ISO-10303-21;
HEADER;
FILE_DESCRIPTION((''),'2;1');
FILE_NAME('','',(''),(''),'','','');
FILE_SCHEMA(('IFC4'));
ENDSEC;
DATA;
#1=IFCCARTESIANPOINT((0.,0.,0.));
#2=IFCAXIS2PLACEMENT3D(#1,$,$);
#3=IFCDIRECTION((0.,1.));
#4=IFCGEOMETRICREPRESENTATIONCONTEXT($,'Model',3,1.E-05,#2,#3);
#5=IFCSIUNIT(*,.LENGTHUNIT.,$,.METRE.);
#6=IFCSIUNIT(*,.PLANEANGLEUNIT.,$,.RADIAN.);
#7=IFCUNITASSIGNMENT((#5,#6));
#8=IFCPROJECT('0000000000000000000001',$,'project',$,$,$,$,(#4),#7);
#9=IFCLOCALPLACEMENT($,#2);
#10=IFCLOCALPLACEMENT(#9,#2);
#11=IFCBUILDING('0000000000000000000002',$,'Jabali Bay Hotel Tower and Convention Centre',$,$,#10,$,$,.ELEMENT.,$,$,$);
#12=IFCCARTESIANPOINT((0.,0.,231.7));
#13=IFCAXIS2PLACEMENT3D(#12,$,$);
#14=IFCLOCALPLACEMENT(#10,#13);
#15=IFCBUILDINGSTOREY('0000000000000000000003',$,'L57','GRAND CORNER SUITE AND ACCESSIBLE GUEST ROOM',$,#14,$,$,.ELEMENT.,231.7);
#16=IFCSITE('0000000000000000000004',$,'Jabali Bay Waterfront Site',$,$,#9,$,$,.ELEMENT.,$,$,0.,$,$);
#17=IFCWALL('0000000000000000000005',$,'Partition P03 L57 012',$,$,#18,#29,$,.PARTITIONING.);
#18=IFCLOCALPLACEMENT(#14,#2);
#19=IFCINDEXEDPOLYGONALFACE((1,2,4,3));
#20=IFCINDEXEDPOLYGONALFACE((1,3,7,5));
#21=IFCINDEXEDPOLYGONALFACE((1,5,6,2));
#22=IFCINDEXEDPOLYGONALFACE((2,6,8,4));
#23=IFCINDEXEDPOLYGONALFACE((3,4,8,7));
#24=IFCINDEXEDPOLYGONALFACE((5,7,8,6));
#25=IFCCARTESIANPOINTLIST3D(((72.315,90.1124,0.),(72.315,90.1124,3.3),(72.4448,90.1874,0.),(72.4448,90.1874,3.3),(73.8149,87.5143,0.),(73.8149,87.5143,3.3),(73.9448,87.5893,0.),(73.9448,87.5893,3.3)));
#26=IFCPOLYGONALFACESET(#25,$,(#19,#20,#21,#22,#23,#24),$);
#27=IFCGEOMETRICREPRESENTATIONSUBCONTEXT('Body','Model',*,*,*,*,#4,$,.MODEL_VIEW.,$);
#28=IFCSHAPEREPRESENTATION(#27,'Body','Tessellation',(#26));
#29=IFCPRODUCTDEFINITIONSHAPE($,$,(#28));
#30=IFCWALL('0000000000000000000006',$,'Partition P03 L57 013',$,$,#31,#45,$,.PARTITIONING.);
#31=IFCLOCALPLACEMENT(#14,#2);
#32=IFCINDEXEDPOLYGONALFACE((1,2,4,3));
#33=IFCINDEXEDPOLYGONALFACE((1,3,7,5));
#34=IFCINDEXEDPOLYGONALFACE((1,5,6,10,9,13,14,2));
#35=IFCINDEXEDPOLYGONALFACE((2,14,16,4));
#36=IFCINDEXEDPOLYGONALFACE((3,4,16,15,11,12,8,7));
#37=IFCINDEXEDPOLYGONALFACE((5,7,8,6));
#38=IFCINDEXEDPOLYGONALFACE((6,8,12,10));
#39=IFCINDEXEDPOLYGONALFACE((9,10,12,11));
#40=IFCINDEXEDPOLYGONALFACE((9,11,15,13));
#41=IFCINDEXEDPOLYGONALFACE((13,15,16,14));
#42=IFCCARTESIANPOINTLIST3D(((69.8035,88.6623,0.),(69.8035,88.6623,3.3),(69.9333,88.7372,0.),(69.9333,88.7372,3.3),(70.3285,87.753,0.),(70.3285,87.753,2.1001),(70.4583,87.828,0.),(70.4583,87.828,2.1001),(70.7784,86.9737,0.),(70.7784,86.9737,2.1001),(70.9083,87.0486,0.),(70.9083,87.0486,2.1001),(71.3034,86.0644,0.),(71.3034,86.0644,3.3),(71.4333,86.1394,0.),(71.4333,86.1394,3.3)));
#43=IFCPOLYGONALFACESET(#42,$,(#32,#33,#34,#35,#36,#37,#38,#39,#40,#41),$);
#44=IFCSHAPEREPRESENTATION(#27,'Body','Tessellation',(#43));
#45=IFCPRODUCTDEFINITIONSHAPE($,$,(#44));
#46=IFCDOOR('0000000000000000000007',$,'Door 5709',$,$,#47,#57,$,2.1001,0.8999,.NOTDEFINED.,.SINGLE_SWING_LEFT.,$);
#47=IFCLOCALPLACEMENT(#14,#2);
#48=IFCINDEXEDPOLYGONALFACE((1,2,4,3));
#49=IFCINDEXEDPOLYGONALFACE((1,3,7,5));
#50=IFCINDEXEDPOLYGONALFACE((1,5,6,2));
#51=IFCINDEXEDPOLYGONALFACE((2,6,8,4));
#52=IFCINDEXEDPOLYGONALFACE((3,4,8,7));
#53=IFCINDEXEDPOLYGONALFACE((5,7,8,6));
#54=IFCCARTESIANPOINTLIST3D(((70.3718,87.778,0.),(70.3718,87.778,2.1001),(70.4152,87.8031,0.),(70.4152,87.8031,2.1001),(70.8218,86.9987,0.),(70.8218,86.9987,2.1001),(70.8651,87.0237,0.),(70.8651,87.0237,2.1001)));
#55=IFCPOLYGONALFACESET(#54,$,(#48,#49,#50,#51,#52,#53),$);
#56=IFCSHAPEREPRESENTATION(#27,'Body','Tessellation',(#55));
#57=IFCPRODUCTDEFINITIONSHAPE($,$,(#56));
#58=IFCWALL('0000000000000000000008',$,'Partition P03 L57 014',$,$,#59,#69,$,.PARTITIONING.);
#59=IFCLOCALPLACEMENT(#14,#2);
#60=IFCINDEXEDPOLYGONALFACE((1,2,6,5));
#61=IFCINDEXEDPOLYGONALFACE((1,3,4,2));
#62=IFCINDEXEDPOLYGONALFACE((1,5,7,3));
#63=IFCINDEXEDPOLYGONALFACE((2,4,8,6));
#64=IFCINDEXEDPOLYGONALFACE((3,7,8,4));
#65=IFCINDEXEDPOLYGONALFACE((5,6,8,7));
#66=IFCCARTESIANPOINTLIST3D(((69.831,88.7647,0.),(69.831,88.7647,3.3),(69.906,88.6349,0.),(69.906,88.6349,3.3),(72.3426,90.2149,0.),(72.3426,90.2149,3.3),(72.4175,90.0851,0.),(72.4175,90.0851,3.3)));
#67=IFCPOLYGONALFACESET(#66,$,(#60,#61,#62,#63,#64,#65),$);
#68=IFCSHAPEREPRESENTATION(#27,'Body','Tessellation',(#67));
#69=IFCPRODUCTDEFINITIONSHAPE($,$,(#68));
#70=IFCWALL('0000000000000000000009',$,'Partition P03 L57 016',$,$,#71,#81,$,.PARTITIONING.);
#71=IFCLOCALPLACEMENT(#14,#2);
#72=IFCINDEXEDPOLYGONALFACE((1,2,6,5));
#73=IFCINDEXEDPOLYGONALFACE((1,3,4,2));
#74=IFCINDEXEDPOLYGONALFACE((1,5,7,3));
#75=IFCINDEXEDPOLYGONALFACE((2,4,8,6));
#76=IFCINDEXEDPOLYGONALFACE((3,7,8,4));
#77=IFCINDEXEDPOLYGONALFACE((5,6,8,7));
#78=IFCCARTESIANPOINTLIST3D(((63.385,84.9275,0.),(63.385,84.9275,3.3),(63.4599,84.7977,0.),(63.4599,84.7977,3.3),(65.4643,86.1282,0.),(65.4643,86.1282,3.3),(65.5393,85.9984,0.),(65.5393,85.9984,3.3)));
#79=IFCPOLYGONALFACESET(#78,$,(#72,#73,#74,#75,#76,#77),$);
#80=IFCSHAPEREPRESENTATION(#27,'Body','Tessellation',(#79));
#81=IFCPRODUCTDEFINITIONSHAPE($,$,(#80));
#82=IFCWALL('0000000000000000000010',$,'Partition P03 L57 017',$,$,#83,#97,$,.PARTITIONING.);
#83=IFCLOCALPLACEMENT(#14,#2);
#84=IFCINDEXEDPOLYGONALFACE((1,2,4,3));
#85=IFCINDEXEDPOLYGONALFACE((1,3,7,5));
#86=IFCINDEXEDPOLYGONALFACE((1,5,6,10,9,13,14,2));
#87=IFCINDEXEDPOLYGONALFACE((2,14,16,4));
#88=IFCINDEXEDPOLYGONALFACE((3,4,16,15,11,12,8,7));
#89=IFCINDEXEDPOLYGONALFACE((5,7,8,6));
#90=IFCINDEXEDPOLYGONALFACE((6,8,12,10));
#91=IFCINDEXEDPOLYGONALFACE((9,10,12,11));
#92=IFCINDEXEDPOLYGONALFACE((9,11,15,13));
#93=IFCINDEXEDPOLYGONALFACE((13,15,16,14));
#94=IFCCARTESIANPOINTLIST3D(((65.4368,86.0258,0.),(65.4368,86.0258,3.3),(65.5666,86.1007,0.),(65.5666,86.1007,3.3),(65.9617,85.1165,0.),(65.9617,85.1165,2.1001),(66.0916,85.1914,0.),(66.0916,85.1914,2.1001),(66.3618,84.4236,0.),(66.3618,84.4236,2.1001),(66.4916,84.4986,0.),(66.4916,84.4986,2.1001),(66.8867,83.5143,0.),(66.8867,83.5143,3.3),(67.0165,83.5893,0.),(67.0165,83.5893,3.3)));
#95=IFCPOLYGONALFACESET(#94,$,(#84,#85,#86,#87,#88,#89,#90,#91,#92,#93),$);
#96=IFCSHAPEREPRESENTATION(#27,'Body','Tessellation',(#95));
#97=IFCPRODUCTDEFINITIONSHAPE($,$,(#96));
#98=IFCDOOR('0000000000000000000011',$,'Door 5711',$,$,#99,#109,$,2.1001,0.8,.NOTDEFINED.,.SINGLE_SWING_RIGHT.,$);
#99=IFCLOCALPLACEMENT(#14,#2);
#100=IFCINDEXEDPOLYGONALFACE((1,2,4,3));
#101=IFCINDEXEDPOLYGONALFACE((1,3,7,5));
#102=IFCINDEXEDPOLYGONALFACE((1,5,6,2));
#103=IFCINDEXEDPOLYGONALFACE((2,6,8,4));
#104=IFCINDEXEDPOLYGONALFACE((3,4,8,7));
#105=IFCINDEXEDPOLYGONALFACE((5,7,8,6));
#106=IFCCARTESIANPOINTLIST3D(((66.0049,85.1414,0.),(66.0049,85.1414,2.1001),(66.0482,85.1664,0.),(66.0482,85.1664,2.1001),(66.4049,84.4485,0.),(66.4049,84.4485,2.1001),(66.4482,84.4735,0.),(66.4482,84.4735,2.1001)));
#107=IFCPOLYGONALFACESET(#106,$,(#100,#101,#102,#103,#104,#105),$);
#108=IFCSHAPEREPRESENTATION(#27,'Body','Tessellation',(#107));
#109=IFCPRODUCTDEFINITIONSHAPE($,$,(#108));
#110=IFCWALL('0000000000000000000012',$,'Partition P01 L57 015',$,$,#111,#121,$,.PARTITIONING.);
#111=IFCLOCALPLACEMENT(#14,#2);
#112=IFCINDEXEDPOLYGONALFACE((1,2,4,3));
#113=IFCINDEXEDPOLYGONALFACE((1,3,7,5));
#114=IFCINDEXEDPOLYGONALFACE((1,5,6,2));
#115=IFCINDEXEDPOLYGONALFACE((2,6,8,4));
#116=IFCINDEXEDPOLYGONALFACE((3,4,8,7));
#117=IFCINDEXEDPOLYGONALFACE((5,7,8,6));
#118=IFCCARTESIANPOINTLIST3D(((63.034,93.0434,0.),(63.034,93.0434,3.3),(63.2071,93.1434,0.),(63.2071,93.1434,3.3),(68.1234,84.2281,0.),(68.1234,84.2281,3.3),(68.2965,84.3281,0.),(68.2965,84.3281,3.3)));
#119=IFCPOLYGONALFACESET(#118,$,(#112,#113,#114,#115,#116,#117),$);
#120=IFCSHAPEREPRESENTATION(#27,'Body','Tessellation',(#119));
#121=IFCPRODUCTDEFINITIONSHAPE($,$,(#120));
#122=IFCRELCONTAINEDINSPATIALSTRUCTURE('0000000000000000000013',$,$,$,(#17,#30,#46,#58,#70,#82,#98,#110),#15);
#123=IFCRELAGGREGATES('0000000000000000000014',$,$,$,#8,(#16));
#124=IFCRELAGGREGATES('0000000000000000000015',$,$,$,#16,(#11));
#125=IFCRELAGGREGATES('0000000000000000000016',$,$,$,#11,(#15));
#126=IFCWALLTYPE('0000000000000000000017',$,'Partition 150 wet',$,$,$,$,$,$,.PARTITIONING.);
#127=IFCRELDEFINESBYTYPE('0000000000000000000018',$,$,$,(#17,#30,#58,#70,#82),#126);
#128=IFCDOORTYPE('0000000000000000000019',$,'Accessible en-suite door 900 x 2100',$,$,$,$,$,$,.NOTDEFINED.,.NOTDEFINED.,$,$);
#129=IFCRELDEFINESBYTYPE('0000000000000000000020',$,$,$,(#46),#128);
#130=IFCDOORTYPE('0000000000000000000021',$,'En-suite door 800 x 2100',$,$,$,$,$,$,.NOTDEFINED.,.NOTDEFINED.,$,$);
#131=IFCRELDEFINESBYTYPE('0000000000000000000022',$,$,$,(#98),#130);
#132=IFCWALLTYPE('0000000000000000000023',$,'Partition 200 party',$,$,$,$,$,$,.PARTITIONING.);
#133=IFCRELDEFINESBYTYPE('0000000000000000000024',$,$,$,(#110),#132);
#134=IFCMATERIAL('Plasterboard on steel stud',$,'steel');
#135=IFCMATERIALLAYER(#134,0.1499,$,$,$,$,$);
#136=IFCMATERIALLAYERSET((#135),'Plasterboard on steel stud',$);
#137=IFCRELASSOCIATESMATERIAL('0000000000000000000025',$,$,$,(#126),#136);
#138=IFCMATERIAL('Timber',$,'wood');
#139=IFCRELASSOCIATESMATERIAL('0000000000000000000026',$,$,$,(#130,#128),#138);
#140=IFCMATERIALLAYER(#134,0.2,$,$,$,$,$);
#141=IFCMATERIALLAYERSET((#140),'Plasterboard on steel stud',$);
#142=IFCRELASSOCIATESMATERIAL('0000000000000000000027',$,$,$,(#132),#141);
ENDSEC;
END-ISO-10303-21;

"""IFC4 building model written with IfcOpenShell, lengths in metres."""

from ifc_helpers import new_model, si_unit, direction, frame, frame_2d, origin, place, context, subcontext, project, spatial, rectangle, extrude, material, layer, layer_set, type_object, element, fill, save


model = new_model("IFC4")

# Units and contexts
model_context = context("Model", 3, precision=1e-05, world=origin(), true_north=direction((0.0, 1.0)))
body_context = subcontext(model_context, "Body", "Model", "MODEL_VIEW")
ifc_project = project(units=[si_unit("LENGTHUNIT", "METRE"), si_unit("PLANEANGLEUNIT", "RADIAN")], contexts=[model_context])

# Site, building, storey
site_placement = place(None, origin())
site = spatial("IfcSite", under=ifc_project, at=site_placement, Name="Jabali Bay Waterfront Site", CompositionType="ELEMENT", RefElevation=0.0)
building_placement = place(site_placement, origin())
building = spatial("IfcBuilding", under=site, at=building_placement, Name="Jabali Bay Hotel Tower and Convention Centre", CompositionType="ELEMENT")
storey_placement = place(building_placement, frame((0.0, 0.0, 231.7)))
storey = spatial("IfcBuildingStorey", under=building, at=storey_placement, Name="L57", Description="GRAND CORNER SUITE AND ACCESSIBLE GUEST ROOM", CompositionType="ELEMENT", Elevation=231.7)

# Shared definitions
ifc_material_1 = material(Name="Timber", Category="wood")

# Shared definitions
ifc_material_2 = material(Name="Plasterboard on steel stud", Category="steel")
ifc_layer_1 = layer(ifc_material_2, 0.1499)
ifc_layer_set_1 = layer_set([ifc_layer_1], Name="Plasterboard on steel stud")
wall_type_1 = type_object("IfcWallType", Name="Partition 150 wet", PredefinedType="PARTITIONING", material=ifc_layer_set_1)
door_type_1 = type_object("IfcDoorType", Name="En-suite door 800 x 2100", OperationType="NOTDEFINED", PredefinedType="NOTDEFINED", material=ifc_material_1)

# Wall
wall_1_placement = place(storey_placement, frame((72.3799, 90.1499, 0.0), z_axis=(0.0, 0.0, 1.0), x_axis=(0.49999, -0.866031, 0.0)))
element("IfcWall", 1, at=wall_1_placement, inside=storey, type_object=wall_type_1, Name="Partition P03 L57 012", PredefinedType="PARTITIONING", context=body_context, shape_type="SweptSolid", body=[
    extrude(rectangle(XDim=3.0, YDim=0.1499, at=frame_2d((1.5, 0.0))), origin(), (0.0, 0.0, 1.0), 3.3),
])

# Wall, opening, door
wall_2_placement = place(storey_placement, frame((71.3684, 86.1018, 0.0), z_axis=(0.0, 0.0, 1.0), x_axis=(-0.500025, 0.866011, 0.0)))
wall_2 = element("IfcWall", 2, at=wall_2_placement, inside=storey, type_object=wall_type_1, Name="Partition P03 L57 013", PredefinedType="PARTITIONING", context=body_context, shape_type="SweptSolid", body=[
    extrude(rectangle(XDim=2.9998, YDim=0.1499, at=frame_2d((1.5, 0.0))), origin(), (0.0, 0.0, 1.0), 3.3),
])
opening_1_placement = place(wall_2_placement, frame((1.05, 0.0, 0.0)))
opening_1 = element("IfcOpeningElement", 3, at=opening_1_placement, cuts=wall_2, PredefinedType="OPENING", context=body_context, shape_type="SweptSolid", body=[
    extrude(rectangle(XDim=0.8999, YDim=2.1001, at=frame_2d((0.45, 1.05))), frame((0.0, 0.0854, 0.0), z_axis=(0.0, -1.0, 0.0), x_axis=(1.0, 0.0, 0.0)), (0.0, 0.0, 1.0), 0.1709),
])
door_type_2 = type_object("IfcDoorType", Name="Accessible en-suite door 900 x 2100", OperationType="NOTDEFINED", PredefinedType="NOTDEFINED", material=ifc_material_1)
door_1_placement = place(opening_1_placement, origin())
door_1 = element("IfcDoor", 4, at=door_1_placement, inside=storey, type_object=door_type_2, Name="Door 5709", OperationType="SINGLE_SWING_LEFT", OverallHeight=2.1001, OverallWidth=0.8999, PredefinedType="NOTDEFINED", context=body_context, shape_type="SweptSolid", body=[
    extrude(rectangle(XDim=0.8999, YDim=2.1001, at=frame_2d((0.45, 1.05))), frame((0.0, 0.0249, 0.0), z_axis=(0.0, -1.0, 0.0), x_axis=(1.0, 0.0, 0.0)), (0.0, 0.0, 1.0), 0.05),
])
fill(opening_1, door_1)

# Walls
wall_3_placement = place(storey_placement, frame((69.8684, 88.6997, 0.0), z_axis=(0.0, 0.0, 1.0), x_axis=(0.865996, 0.50005, 0.0)))
element("IfcWall", 5, at=wall_3_placement, inside=storey, type_object=wall_type_1, Name="Partition P03 L57 014", PredefinedType="PARTITIONING", context=body_context, shape_type="SweptSolid", body=[
    extrude(rectangle(XDim=2.9001, YDim=0.1499, at=frame_2d((1.4502, 0.0))), origin(), (0.0, 0.0, 1.0), 3.3),
])
wall_4_placement = place(storey_placement, frame((63.4224, 84.8625, 0.0), z_axis=(0.0, 0.0, 1.0), x_axis=(0.865994, 0.500054, 0.0)))
element("IfcWall", 6, at=wall_4_placement, inside=storey, type_object=wall_type_1, Name="Partition P03 L57 016", PredefinedType="PARTITIONING", context=body_context, shape_type="SweptSolid", body=[
    extrude(rectangle(XDim=2.4011, YDim=0.1499, at=frame_2d((1.2007, 0.0))), origin(), (0.0, 0.0, 1.0), 3.3),
])

# Wall, opening, door
wall_5_placement = place(storey_placement, frame((65.5017, 86.0632, 0.0), z_axis=(0.0, 0.0, 1.0), x_axis=(0.499987, -0.866033, 0.0)))
wall_5 = element("IfcWall", 7, at=wall_5_placement, inside=storey, type_object=wall_type_1, Name="Partition P03 L57 017", PredefinedType="PARTITIONING", context=body_context, shape_type="SweptSolid", body=[
    extrude(rectangle(XDim=2.8999, YDim=0.1499, at=frame_2d((1.45, 0.0))), origin(), (0.0, 0.0, 1.0), 3.3),
])
opening_2_placement = place(wall_5_placement, frame((1.05, 0.0, 0.0)))
opening_2 = element("IfcOpeningElement", 8, at=opening_2_placement, cuts=wall_5, PredefinedType="OPENING", context=body_context, shape_type="SweptSolid", body=[
    extrude(rectangle(XDim=0.8, YDim=2.1001, at=frame_2d((0.3999, 1.05))), frame((0.0, 0.0854, 0.0), z_axis=(0.0, -1.0, 0.0), x_axis=(1.0, 0.0, 0.0)), (0.0, 0.0, 1.0), 0.1709),
])
door_2_placement = place(opening_2_placement, origin())
door_2 = element("IfcDoor", 9, at=door_2_placement, inside=storey, type_object=door_type_1, Name="Door 5711", OperationType="SINGLE_SWING_RIGHT", OverallHeight=2.1001, OverallWidth=0.8, PredefinedType="NOTDEFINED", context=body_context, shape_type="SweptSolid", body=[
    extrude(rectangle(XDim=0.8, YDim=2.1001, at=frame_2d((0.3999, 1.05))), frame((0.0, 0.0249, 0.0), z_axis=(0.0, -1.0, 0.0), x_axis=(1.0, 0.0, 0.0)), (0.0, 0.0, 1.0), 0.05),
])
fill(opening_2, door_2)

# Wall
ifc_layer_2 = layer(ifc_material_2, 0.2)
ifc_layer_set_2 = layer_set([ifc_layer_2], Name="Plasterboard on steel stud")
wall_type_2 = type_object("IfcWallType", Name="Partition 200 party", PredefinedType="PARTITIONING", material=ifc_layer_set_2)
wall_6_placement = place(storey_placement, frame((63.1206, 93.0933, 0.0), z_axis=(0.0, 0.0, 1.0), x_axis=(0.499993, -0.866029, 0.0)))
element("IfcWall", 10, at=wall_6_placement, inside=storey, type_object=wall_type_2, Name="Partition P01 L57 015", PredefinedType="PARTITIONING", context=body_context, shape_type="SweptSolid", body=[
    extrude(rectangle(XDim=10.179, YDim=0.2, at=frame_2d((5.0894, 0.0))), origin(), (0.0, 0.0, 1.0), 3.3),
])

save(model, "model.ifc")
